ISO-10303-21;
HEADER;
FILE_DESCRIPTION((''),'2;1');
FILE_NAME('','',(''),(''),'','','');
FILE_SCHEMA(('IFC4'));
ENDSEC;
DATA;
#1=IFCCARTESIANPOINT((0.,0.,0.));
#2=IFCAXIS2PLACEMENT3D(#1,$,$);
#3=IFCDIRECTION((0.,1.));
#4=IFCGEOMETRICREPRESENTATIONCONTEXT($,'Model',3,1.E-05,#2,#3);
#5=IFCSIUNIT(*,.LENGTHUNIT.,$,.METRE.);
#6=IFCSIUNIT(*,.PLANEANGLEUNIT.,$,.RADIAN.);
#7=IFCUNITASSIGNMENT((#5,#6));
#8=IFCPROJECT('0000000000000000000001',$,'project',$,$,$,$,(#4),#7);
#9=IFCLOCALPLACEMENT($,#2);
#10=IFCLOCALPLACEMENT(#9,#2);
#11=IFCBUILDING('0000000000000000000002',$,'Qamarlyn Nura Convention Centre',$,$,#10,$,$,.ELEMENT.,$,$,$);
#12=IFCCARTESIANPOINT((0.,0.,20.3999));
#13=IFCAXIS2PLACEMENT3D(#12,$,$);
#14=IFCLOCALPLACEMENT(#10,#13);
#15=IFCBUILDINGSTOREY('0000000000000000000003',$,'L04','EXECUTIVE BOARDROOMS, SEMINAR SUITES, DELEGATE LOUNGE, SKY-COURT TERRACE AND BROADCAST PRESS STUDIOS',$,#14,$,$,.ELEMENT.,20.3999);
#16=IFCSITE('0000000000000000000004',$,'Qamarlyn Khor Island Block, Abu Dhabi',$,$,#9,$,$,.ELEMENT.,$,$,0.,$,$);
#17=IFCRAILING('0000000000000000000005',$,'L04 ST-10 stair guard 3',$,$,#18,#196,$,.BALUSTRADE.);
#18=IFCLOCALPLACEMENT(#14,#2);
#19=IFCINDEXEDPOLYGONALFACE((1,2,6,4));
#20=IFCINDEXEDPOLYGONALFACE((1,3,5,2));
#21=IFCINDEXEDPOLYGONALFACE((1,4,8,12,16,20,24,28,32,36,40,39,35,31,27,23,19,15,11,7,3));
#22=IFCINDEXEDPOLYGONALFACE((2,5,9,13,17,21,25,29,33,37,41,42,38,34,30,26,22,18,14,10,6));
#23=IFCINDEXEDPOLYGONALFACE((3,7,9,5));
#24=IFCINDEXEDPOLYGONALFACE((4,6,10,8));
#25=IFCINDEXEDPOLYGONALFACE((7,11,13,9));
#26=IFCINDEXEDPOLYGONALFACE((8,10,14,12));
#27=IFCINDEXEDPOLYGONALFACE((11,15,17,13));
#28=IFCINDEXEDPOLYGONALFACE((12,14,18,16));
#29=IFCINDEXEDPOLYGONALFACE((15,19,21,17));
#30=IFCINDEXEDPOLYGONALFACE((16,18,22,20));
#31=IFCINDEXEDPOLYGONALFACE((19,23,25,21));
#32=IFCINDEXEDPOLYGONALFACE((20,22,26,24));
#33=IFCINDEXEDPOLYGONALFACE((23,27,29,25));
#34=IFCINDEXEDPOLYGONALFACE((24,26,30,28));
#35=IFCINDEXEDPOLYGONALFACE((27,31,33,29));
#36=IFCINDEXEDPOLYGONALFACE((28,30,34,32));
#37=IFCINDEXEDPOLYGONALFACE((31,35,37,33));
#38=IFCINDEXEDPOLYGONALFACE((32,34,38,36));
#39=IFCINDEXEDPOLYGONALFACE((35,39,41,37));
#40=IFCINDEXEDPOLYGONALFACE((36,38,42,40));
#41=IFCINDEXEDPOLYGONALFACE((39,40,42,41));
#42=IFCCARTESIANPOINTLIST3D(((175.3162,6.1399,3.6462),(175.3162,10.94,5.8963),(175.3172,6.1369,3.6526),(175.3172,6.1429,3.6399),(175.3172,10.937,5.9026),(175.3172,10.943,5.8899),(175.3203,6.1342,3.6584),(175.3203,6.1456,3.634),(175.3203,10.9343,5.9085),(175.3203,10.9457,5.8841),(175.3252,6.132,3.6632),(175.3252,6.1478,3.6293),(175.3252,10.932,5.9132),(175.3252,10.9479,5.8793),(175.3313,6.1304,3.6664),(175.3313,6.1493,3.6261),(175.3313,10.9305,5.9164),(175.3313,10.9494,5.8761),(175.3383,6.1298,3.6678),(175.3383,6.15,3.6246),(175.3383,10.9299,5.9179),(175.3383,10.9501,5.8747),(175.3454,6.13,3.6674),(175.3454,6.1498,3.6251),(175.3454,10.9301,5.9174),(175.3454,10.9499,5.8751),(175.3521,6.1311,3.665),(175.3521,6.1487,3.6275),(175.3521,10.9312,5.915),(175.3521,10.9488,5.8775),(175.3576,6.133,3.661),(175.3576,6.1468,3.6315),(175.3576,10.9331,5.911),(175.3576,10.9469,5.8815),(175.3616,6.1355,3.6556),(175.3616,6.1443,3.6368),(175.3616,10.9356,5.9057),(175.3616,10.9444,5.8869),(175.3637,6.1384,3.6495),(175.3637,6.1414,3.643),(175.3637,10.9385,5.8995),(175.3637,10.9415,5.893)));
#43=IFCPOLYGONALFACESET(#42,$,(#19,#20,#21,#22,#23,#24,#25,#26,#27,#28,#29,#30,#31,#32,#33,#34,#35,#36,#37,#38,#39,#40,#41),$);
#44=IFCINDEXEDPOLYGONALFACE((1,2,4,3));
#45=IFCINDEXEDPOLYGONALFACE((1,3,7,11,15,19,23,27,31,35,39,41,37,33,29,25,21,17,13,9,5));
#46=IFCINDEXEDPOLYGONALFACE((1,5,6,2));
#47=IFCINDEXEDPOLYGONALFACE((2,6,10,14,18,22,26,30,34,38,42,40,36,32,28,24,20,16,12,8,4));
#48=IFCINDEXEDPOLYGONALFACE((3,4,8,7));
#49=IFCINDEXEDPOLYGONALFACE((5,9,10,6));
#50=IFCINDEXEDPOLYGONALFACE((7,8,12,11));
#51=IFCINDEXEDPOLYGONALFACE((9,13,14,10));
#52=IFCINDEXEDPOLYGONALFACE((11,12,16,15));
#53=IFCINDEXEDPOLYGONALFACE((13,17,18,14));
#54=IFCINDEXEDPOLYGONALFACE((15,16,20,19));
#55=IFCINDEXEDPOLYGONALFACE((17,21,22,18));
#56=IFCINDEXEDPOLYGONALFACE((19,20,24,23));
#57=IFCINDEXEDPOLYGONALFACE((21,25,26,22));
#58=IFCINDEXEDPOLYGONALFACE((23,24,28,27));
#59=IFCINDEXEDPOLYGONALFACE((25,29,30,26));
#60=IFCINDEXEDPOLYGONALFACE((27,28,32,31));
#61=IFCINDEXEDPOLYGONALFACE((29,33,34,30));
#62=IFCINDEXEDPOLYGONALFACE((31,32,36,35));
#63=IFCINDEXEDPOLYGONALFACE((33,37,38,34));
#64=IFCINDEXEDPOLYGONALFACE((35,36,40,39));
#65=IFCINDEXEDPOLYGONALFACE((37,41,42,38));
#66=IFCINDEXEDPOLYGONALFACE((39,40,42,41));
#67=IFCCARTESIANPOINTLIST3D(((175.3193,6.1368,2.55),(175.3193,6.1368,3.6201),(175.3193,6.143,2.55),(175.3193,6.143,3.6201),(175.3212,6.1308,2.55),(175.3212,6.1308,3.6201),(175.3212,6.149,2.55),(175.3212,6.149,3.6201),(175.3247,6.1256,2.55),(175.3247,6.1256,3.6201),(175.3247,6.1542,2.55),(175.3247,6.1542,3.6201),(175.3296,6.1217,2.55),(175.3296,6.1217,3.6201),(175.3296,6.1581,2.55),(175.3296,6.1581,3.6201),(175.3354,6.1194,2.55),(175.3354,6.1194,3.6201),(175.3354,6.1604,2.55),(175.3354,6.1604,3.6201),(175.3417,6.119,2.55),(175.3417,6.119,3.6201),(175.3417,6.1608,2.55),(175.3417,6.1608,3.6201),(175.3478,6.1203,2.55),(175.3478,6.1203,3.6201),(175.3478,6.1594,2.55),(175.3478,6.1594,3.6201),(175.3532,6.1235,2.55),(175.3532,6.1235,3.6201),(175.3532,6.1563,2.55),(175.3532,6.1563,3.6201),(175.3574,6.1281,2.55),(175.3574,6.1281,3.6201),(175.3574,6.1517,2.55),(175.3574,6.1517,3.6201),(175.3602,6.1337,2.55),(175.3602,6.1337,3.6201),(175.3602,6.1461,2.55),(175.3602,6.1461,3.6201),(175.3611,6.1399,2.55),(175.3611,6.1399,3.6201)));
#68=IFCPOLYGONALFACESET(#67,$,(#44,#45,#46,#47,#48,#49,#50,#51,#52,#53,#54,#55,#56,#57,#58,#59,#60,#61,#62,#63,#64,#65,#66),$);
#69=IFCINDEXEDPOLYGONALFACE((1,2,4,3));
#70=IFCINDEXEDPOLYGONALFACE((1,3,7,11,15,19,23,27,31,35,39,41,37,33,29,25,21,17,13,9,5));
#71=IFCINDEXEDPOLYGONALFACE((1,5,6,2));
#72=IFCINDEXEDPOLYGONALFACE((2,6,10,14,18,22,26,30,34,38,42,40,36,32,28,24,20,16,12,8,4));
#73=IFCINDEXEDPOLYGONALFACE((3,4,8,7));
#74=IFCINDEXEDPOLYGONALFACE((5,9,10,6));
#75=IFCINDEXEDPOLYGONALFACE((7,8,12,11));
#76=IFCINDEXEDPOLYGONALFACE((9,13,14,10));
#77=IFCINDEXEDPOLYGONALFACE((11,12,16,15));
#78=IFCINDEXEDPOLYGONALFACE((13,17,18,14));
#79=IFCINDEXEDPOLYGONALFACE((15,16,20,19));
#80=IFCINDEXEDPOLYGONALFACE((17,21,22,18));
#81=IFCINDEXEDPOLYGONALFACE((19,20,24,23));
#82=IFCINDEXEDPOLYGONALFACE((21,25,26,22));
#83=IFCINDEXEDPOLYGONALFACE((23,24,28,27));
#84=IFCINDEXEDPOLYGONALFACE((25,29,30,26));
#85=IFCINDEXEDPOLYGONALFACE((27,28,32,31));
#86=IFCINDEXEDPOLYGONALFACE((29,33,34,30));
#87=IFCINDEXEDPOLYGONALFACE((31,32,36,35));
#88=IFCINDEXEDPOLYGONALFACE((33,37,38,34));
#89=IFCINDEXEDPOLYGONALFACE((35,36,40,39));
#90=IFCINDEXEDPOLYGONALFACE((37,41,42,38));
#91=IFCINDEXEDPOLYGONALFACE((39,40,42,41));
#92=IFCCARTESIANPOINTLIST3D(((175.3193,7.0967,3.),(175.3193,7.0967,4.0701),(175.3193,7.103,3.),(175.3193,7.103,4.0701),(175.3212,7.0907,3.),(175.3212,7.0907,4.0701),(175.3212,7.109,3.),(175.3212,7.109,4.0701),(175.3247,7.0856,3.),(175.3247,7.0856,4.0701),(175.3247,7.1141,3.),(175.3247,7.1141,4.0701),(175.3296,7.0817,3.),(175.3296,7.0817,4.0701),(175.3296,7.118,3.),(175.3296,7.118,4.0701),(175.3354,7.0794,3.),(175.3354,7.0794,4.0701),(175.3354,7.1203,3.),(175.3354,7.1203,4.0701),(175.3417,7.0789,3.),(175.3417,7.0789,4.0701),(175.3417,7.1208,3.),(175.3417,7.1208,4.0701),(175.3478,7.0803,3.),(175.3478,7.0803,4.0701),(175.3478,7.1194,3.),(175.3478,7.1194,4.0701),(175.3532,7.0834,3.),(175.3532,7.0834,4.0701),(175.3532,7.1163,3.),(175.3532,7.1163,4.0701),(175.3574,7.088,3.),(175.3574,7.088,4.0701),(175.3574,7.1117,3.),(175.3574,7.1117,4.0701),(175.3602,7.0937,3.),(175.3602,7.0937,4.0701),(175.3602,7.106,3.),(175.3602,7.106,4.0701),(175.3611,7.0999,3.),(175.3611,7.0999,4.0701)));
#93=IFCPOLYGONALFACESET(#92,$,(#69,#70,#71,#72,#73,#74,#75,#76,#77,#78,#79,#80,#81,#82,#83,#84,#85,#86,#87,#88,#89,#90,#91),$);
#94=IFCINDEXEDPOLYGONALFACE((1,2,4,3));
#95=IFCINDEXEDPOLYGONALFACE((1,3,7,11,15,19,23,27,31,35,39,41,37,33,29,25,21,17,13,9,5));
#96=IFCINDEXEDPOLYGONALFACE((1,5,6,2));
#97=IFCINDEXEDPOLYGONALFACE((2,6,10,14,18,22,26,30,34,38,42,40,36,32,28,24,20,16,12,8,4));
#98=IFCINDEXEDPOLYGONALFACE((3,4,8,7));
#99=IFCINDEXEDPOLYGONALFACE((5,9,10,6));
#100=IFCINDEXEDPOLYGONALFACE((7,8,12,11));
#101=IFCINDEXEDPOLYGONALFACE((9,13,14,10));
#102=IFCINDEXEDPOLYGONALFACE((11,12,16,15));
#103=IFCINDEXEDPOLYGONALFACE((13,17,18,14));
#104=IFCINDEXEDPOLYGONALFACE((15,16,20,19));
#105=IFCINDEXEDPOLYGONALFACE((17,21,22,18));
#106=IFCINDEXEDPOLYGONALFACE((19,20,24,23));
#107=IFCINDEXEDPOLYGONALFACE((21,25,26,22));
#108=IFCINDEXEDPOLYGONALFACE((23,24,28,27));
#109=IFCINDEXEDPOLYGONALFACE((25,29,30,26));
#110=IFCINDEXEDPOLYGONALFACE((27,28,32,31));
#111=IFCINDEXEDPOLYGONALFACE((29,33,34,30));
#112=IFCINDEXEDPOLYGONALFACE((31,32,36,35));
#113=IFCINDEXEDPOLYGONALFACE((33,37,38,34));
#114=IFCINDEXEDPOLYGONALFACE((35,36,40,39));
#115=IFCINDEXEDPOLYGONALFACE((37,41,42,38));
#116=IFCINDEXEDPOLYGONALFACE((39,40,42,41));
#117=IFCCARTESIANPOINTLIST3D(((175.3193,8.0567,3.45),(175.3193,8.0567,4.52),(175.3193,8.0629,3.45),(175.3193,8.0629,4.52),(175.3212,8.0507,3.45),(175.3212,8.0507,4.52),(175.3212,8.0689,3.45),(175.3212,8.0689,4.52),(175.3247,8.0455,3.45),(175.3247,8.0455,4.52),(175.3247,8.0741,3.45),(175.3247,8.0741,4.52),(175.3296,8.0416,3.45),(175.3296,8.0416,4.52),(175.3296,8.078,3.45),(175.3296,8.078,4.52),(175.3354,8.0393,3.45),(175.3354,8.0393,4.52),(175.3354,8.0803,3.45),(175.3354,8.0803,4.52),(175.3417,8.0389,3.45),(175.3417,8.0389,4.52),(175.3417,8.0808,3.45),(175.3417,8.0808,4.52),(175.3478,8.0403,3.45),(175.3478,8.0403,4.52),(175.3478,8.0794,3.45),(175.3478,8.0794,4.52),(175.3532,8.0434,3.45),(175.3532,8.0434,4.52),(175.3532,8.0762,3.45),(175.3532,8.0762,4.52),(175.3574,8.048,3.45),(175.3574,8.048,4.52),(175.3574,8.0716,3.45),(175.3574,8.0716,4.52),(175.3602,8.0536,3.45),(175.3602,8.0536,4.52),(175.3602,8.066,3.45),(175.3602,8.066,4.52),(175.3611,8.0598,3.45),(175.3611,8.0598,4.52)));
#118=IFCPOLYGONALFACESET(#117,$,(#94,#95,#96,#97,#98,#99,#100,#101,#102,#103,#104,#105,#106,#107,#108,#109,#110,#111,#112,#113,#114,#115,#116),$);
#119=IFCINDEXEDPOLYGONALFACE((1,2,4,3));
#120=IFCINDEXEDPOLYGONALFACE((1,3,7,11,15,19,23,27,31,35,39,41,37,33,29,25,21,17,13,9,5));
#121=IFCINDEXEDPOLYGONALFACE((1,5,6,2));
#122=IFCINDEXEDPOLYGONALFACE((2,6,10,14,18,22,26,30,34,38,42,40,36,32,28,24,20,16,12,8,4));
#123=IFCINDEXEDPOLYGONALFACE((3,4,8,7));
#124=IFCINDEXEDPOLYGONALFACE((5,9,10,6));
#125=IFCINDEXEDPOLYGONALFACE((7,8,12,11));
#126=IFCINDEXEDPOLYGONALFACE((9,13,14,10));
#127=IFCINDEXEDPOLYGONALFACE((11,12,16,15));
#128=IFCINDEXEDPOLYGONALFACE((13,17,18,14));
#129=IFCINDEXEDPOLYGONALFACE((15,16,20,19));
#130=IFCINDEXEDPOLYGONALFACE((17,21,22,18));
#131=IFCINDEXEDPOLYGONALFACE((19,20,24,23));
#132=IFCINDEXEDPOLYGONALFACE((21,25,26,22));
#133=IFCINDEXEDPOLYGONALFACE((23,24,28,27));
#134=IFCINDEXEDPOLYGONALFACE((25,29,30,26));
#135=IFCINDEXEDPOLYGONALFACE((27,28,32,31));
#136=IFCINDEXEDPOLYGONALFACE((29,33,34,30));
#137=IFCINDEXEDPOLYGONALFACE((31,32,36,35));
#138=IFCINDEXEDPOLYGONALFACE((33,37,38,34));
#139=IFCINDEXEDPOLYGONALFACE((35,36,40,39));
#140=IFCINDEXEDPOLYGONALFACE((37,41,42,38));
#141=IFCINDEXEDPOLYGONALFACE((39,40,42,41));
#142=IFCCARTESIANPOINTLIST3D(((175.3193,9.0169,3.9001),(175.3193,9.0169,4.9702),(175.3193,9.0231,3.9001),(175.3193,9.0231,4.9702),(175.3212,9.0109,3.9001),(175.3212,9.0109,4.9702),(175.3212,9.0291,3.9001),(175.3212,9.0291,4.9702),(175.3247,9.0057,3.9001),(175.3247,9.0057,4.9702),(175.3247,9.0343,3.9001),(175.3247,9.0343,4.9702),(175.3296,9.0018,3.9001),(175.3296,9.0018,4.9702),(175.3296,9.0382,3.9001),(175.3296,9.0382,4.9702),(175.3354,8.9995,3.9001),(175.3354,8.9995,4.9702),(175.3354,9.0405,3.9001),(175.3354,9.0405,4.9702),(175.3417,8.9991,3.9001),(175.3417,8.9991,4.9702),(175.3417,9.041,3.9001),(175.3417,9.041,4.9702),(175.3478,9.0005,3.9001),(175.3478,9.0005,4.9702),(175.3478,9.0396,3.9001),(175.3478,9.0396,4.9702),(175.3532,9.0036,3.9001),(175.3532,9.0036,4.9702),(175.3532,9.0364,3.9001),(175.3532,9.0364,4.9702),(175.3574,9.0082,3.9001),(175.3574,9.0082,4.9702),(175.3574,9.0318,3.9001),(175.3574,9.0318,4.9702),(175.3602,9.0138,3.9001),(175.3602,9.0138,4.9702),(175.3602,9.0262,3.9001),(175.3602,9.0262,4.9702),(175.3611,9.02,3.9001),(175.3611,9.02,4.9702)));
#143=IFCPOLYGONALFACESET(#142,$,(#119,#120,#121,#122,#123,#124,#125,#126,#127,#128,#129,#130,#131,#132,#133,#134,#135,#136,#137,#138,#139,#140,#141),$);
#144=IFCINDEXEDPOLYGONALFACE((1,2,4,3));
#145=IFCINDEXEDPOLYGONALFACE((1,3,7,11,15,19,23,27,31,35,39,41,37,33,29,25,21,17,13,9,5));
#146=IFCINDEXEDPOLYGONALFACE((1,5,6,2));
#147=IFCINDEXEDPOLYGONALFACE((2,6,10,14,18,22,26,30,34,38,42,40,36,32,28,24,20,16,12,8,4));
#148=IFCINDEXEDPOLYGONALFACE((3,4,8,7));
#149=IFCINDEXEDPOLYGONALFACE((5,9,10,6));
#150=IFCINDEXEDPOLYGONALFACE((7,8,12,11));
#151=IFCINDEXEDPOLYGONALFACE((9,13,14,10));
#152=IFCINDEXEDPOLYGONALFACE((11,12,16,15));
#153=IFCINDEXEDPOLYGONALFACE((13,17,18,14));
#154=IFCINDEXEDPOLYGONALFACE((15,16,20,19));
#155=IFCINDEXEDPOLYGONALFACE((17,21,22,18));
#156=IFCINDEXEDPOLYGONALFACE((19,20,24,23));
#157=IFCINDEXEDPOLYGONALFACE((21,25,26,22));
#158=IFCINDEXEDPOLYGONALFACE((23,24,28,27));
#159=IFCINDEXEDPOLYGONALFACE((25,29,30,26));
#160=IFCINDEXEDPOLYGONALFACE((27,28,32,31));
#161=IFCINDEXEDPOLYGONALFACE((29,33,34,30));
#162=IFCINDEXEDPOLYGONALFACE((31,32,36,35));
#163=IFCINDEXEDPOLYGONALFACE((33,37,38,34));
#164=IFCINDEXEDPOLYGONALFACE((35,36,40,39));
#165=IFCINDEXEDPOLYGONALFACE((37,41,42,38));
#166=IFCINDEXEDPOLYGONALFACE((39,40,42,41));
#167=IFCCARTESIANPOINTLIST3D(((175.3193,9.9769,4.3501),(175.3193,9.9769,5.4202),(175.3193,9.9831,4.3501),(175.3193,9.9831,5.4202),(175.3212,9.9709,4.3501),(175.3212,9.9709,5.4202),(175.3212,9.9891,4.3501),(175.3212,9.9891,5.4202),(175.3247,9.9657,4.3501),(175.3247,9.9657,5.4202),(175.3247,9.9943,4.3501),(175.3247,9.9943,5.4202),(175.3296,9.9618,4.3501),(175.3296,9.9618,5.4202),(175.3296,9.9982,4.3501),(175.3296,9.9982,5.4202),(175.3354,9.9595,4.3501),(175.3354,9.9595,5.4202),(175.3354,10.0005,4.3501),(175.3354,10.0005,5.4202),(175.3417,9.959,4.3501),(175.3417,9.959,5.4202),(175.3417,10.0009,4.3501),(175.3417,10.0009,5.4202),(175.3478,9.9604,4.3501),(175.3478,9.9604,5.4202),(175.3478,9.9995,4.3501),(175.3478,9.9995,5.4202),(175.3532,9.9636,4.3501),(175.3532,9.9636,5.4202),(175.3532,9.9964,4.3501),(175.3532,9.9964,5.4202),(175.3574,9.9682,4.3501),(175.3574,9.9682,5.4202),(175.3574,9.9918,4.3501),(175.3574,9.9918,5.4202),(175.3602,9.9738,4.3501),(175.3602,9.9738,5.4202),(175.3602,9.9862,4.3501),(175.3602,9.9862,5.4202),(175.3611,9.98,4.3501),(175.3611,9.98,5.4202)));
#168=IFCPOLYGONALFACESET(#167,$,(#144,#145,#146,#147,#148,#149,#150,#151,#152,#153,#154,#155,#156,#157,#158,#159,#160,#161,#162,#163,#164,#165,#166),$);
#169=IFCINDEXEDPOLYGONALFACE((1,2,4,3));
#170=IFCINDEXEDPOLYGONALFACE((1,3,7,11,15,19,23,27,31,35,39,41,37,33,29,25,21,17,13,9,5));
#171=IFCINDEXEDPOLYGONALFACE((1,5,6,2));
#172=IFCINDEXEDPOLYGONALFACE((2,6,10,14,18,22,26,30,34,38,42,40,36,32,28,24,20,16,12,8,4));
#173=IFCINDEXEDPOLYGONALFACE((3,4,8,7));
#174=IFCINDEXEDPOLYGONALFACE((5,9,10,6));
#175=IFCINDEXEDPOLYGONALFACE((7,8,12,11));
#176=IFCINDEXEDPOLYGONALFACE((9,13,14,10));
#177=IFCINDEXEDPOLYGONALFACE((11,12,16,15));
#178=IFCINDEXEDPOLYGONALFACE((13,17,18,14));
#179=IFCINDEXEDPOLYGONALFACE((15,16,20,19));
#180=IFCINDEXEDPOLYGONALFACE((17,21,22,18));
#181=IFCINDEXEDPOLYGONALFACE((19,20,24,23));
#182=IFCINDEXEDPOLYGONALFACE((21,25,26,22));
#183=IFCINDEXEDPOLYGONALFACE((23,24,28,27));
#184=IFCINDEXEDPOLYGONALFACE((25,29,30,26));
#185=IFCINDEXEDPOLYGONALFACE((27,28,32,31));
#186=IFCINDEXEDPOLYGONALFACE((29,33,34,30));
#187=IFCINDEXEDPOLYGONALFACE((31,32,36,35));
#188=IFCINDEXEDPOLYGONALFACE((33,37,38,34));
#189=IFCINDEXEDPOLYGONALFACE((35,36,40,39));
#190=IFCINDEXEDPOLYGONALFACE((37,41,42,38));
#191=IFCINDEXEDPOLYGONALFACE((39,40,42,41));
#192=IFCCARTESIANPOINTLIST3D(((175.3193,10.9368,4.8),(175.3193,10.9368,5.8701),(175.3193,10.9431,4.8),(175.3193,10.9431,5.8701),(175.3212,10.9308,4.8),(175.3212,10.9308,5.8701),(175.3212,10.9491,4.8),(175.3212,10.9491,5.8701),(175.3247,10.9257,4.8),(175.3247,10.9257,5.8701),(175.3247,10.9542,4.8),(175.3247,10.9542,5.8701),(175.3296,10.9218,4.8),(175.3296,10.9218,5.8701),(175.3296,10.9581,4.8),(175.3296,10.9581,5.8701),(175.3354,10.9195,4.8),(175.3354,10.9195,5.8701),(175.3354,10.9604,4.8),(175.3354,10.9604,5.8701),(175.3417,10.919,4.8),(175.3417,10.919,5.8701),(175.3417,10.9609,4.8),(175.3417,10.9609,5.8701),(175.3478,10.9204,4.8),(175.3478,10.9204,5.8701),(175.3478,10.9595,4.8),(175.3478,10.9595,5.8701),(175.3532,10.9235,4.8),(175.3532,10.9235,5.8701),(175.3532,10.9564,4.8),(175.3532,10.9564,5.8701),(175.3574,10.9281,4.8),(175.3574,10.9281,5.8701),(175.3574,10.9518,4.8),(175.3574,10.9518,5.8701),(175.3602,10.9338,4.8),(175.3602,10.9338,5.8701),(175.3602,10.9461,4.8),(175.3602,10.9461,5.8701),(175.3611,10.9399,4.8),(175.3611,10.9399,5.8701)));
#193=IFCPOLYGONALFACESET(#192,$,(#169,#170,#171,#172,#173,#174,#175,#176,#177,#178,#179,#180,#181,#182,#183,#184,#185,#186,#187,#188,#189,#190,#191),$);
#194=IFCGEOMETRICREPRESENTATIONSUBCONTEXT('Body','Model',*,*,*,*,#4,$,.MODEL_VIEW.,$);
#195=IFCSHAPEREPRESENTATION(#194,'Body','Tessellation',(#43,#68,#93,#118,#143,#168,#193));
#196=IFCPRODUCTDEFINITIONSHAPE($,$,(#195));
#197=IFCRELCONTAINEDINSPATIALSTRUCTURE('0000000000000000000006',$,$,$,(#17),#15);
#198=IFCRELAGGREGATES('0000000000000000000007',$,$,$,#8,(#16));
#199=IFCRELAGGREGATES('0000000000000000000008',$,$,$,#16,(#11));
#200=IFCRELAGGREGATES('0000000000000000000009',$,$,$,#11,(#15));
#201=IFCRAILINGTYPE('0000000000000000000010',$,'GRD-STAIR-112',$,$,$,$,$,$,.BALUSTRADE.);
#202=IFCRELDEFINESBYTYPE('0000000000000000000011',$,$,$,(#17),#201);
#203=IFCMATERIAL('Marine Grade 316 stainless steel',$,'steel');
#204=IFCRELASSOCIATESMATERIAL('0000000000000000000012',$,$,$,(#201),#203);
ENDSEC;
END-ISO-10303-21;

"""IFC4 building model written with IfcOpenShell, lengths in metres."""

from ifc_helpers import new_model, si_unit, direction, frame, origin, origin_2d, place, context, subcontext, project, spatial, circle, extrude, material, type_object, element, save


model = new_model("IFC4")

# Units and contexts
model_context = context("Model", 3, precision=1e-05, world=origin(), true_north=direction((0.0, 1.0)))
body_context = subcontext(model_context, "Body", "Model", "MODEL_VIEW")
ifc_project = project(units=[si_unit("LENGTHUNIT", "METRE"), si_unit("PLANEANGLEUNIT", "RADIAN")], contexts=[model_context])

# Site, building, storey
site_placement = place(None, origin())
site = spatial("IfcSite", under=ifc_project, at=site_placement, Name="Qamarlyn Khor Island Block, Abu Dhabi", CompositionType="ELEMENT", RefElevation=0.0)
building_placement = place(site_placement, origin())
building = spatial("IfcBuilding", under=site, at=building_placement, Name="Qamarlyn Nura Convention Centre", CompositionType="ELEMENT")
storey_placement = place(building_placement, frame((0.0, 0.0, 20.3999)))
storey = spatial("IfcBuildingStorey", under=building, at=storey_placement, Name="L04", Description="EXECUTIVE BOARDROOMS, SEMINAR SUITES, DELEGATE LOUNGE, SKY-COURT TERRACE AND BROADCAST PRESS STUDIOS", CompositionType="ELEMENT", Elevation=20.3999)

# Railing
ifc_material_1 = material(Name="Marine Grade 316 stainless steel", Category="steel")
railing_type_1 = type_object("IfcRailingType", Name="GRD-STAIR-112", PredefinedType="BALUSTRADE", material=ifc_material_1)
railing_1_placement = place(storey_placement, frame((175.3401, 6.1399, 2.55)))
element("IfcRailing", 1, at=railing_1_placement, inside=storey, type_object=railing_type_1, Name="L04 ST-10 stair guard 3", PredefinedType="BALUSTRADE", context=body_context, shape_type="SweptSolid", body=[
    extrude(circle(Radius=0.0239, at=origin_2d()), frame((0.0, 0.0, 1.0962), z_axis=(0.0, 0.905461, 0.42443), x_axis=(-1.0, 0.0, 0.0)), (0.0, 0.0, 1.0), 5.3013),
    extrude(circle(Radius=0.021, at=origin_2d()), origin(), (0.0, 0.0, 1.0), 1.0701),
    extrude(circle(Radius=0.021, at=origin_2d()), frame((0.0, 0.96, 0.45)), (0.0, 0.0, 1.0), 1.0701),
    extrude(circle(Radius=0.021, at=origin_2d()), frame((0.0, 1.9199, 0.8999)), (0.0, 0.0, 1.0), 1.0701),
    extrude(circle(Radius=0.021, at=origin_2d()), frame((0.0, 2.8801, 1.3501)), (0.0, 0.0, 1.0), 1.0701),
    extrude(circle(Radius=0.021, at=origin_2d()), frame((0.0, 3.8401, 1.8)), (0.0, 0.0, 1.0), 1.0701),
    extrude(circle(Radius=0.021, at=origin_2d()), frame((0.0, 4.8, 2.25)), (0.0, 0.0, 1.0), 1.0701),
])

save(model, "model.ifc")
